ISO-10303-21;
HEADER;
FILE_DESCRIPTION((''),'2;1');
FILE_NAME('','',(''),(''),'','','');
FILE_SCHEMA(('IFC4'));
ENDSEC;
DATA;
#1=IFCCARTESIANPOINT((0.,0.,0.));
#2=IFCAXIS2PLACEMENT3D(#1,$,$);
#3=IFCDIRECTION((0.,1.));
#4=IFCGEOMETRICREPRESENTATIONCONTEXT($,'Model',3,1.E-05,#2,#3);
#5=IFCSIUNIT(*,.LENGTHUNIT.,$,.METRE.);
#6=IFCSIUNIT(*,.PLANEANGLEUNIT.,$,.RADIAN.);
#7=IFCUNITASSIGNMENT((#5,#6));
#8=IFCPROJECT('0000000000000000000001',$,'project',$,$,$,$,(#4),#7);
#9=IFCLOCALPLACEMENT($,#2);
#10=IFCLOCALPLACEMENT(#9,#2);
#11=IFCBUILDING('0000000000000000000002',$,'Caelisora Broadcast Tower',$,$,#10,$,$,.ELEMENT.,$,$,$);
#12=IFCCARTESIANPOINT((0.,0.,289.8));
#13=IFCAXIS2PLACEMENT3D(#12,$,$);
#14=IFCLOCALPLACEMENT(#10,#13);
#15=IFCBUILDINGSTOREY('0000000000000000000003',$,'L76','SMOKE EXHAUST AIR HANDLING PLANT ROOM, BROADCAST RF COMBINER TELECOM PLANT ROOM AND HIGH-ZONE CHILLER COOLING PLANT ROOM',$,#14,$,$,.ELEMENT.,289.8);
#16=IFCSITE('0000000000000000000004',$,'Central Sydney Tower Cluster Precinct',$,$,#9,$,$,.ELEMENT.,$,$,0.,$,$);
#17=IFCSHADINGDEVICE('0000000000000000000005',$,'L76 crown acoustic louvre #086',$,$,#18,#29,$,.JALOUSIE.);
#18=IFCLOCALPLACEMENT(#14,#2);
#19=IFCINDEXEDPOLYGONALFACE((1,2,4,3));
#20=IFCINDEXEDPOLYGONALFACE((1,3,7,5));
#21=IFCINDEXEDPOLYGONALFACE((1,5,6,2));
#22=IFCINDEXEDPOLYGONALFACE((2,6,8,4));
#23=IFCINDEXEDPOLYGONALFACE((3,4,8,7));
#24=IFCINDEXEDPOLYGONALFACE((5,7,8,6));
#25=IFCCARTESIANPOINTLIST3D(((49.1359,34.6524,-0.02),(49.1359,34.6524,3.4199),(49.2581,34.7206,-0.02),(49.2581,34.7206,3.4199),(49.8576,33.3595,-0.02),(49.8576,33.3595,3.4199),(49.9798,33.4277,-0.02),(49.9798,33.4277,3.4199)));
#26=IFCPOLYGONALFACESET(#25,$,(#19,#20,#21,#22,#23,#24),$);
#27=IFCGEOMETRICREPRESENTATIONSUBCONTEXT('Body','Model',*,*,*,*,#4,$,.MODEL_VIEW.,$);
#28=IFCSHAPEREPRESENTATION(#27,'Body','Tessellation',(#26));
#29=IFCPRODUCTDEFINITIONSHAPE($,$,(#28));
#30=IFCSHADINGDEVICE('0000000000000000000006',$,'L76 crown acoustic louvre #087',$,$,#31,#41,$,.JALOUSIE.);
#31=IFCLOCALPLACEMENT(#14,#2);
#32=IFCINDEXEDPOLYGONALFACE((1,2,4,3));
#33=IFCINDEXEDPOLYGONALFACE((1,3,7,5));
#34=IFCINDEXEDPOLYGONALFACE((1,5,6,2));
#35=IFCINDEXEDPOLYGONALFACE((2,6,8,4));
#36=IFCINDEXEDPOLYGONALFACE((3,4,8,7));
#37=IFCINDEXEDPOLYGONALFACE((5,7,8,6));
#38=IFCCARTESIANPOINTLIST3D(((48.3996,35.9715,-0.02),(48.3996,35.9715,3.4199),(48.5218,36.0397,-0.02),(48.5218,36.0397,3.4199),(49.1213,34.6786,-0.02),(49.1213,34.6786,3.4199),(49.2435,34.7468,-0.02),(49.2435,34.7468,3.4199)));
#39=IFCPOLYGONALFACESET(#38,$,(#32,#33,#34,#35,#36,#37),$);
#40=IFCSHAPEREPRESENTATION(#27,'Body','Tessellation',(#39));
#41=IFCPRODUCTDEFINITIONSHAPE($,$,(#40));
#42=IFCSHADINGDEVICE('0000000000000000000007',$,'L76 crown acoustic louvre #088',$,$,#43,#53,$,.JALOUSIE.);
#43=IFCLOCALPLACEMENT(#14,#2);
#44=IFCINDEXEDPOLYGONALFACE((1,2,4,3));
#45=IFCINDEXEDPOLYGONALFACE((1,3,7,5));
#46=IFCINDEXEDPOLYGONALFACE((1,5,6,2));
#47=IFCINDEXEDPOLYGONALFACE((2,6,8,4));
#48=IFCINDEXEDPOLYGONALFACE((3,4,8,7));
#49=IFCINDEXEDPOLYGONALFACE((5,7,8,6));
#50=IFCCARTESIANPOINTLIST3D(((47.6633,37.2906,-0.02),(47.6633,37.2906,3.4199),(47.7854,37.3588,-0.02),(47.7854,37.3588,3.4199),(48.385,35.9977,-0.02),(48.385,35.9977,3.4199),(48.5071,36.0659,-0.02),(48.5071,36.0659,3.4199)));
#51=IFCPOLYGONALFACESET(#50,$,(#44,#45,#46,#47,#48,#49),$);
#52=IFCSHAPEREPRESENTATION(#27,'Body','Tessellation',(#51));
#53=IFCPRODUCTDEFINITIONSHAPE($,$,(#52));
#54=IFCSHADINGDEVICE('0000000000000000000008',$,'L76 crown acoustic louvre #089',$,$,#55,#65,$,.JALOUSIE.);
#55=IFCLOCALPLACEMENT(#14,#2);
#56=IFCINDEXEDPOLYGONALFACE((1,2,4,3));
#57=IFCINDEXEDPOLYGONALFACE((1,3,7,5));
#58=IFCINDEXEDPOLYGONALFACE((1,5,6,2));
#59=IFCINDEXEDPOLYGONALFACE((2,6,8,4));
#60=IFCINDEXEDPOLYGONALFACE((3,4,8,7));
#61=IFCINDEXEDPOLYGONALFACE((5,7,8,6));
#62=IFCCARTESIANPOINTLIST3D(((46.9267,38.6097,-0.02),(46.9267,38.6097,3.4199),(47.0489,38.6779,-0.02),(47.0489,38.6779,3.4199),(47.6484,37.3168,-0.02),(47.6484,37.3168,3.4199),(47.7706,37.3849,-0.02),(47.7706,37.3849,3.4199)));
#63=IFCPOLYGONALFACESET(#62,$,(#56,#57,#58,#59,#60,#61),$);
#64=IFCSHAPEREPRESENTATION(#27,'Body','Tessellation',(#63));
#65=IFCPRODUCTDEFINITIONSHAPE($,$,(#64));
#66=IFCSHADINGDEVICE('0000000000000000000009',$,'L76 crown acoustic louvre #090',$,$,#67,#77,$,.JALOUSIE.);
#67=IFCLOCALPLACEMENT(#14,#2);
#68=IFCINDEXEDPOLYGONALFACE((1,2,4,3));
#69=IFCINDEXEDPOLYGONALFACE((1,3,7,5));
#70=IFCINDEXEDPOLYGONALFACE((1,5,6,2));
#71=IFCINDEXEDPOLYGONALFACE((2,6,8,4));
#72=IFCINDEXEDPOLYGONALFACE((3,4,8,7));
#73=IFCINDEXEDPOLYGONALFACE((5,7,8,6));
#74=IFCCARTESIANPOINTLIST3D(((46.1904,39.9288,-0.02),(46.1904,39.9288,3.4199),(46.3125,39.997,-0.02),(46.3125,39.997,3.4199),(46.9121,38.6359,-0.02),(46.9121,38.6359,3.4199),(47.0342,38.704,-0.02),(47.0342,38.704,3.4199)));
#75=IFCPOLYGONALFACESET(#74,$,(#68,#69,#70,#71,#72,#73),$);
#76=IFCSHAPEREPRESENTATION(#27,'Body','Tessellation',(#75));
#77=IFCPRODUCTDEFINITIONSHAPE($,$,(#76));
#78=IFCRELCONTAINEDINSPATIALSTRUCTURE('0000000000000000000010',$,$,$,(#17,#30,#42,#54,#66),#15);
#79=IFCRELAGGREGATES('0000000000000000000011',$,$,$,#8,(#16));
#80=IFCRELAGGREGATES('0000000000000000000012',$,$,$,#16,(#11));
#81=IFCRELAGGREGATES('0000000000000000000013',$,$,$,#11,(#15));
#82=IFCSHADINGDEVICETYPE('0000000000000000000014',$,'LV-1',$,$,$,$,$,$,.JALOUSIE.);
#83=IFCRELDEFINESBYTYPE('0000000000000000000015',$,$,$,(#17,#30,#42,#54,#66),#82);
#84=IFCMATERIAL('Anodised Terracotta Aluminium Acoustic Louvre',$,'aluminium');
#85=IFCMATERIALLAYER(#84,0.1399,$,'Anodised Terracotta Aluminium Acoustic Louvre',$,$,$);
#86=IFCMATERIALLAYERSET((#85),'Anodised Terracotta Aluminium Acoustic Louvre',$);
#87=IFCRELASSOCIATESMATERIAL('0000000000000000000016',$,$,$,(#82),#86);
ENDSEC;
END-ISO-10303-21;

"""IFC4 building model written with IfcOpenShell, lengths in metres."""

from ifc_helpers import new_model, si_unit, direction, frame, origin, origin_2d, place, context, subcontext, project, spatial, rectangle, extrude, source, transform, mapped, material, layer, layer_set, type_object, type_shapes, element, save


model = new_model("IFC4")

# Units and contexts
model_context = context("Model", 3, precision=1e-05, world=origin(), true_north=direction((0.0, 1.0)))
body_context = subcontext(model_context, "Body", "Model", "MODEL_VIEW")
ifc_project = project(units=[si_unit("LENGTHUNIT", "METRE"), si_unit("PLANEANGLEUNIT", "RADIAN")], contexts=[model_context])

# Site, building, storey
site_placement = place(None, origin())
site = spatial("IfcSite", under=ifc_project, at=site_placement, Name="Central Sydney Tower Cluster Precinct", CompositionType="ELEMENT", RefElevation=0.0)
building_placement = place(site_placement, origin())
building = spatial("IfcBuilding", under=site, at=building_placement, Name="Caelisora Broadcast Tower", CompositionType="ELEMENT")
storey_placement = place(building_placement, frame((0.0, 0.0, 289.8)))
storey = spatial("IfcBuildingStorey", under=building, at=storey_placement, Name="L76", Description="SMOKE EXHAUST AIR HANDLING PLANT ROOM, BROADCAST RF COMBINER TELECOM PLANT ROOM AND HIGH-ZONE CHILLER COOLING PLANT ROOM", CompositionType="ELEMENT", Elevation=289.8)

# Shading devices
ifc_material_1 = material(Name="Anodised Terracotta Aluminium Acoustic Louvre", Category="aluminium")
ifc_layer_1 = layer(ifc_material_1, 0.1399, Name="Anodised Terracotta Aluminium Acoustic Louvre")
ifc_layer_set_1 = layer_set([ifc_layer_1], Name="Anodised Terracotta Aluminium Acoustic Louvre")
shading_device_type = type_object("IfcShadingDeviceType", Name="LV-1", PredefinedType="JALOUSIE", material=ifc_layer_set_1)
shared_shape_1 = source(origin(), body_context, "Body", "SweptSolid", [
    extrude(rectangle(XDim=1.4807, YDim=0.1399, at=origin_2d()), origin(), (0.0, 0.0, 1.0), 3.4399),
])
type_shapes(shading_device_type, [shared_shape_1])
for number, where, z_axis, x_axis, name in (
    (1, (49.5579, 34.04, -0.02), (0.0, 0.0, 1.0), (-0.487403, 0.873177, 0.0), "L76 crown acoustic louvre #086"),
    (2, (48.8215, 35.3591, -0.02), (0.0, 0.0, 1.0), (-0.487403, 0.873177, 0.0), "L76 crown acoustic louvre #087"),
    (3, (48.0852, 36.6782, -0.02), (0.0, 0.0, 1.0), (-0.487403, 0.873177, 0.0), "L76 crown acoustic louvre #088"),
    (4, (47.3486, 37.9973, -0.02), (0.0, 0.0, 1.0), (-0.487403, 0.873177, 0.0), "L76 crown acoustic louvre #089"),
    (5, (46.6123, 39.3164, -0.02), (0.0, 0.0, 1.0), (-0.487403, 0.873177, 0.0), "L76 crown acoustic louvre #090"),
):
    element("IfcShadingDevice", number, at=place(storey_placement, frame(where, z_axis=z_axis, x_axis=x_axis)), inside=storey, type_object=shading_device_type, Name=name, PredefinedType="JALOUSIE", context=body_context, shape_type="MappedRepresentation", body=[
        mapped(shared_shape_1, transform((0.0, 0.0, 0.0), scale=1.0)),
    ])

save(model, "model.ifc")
